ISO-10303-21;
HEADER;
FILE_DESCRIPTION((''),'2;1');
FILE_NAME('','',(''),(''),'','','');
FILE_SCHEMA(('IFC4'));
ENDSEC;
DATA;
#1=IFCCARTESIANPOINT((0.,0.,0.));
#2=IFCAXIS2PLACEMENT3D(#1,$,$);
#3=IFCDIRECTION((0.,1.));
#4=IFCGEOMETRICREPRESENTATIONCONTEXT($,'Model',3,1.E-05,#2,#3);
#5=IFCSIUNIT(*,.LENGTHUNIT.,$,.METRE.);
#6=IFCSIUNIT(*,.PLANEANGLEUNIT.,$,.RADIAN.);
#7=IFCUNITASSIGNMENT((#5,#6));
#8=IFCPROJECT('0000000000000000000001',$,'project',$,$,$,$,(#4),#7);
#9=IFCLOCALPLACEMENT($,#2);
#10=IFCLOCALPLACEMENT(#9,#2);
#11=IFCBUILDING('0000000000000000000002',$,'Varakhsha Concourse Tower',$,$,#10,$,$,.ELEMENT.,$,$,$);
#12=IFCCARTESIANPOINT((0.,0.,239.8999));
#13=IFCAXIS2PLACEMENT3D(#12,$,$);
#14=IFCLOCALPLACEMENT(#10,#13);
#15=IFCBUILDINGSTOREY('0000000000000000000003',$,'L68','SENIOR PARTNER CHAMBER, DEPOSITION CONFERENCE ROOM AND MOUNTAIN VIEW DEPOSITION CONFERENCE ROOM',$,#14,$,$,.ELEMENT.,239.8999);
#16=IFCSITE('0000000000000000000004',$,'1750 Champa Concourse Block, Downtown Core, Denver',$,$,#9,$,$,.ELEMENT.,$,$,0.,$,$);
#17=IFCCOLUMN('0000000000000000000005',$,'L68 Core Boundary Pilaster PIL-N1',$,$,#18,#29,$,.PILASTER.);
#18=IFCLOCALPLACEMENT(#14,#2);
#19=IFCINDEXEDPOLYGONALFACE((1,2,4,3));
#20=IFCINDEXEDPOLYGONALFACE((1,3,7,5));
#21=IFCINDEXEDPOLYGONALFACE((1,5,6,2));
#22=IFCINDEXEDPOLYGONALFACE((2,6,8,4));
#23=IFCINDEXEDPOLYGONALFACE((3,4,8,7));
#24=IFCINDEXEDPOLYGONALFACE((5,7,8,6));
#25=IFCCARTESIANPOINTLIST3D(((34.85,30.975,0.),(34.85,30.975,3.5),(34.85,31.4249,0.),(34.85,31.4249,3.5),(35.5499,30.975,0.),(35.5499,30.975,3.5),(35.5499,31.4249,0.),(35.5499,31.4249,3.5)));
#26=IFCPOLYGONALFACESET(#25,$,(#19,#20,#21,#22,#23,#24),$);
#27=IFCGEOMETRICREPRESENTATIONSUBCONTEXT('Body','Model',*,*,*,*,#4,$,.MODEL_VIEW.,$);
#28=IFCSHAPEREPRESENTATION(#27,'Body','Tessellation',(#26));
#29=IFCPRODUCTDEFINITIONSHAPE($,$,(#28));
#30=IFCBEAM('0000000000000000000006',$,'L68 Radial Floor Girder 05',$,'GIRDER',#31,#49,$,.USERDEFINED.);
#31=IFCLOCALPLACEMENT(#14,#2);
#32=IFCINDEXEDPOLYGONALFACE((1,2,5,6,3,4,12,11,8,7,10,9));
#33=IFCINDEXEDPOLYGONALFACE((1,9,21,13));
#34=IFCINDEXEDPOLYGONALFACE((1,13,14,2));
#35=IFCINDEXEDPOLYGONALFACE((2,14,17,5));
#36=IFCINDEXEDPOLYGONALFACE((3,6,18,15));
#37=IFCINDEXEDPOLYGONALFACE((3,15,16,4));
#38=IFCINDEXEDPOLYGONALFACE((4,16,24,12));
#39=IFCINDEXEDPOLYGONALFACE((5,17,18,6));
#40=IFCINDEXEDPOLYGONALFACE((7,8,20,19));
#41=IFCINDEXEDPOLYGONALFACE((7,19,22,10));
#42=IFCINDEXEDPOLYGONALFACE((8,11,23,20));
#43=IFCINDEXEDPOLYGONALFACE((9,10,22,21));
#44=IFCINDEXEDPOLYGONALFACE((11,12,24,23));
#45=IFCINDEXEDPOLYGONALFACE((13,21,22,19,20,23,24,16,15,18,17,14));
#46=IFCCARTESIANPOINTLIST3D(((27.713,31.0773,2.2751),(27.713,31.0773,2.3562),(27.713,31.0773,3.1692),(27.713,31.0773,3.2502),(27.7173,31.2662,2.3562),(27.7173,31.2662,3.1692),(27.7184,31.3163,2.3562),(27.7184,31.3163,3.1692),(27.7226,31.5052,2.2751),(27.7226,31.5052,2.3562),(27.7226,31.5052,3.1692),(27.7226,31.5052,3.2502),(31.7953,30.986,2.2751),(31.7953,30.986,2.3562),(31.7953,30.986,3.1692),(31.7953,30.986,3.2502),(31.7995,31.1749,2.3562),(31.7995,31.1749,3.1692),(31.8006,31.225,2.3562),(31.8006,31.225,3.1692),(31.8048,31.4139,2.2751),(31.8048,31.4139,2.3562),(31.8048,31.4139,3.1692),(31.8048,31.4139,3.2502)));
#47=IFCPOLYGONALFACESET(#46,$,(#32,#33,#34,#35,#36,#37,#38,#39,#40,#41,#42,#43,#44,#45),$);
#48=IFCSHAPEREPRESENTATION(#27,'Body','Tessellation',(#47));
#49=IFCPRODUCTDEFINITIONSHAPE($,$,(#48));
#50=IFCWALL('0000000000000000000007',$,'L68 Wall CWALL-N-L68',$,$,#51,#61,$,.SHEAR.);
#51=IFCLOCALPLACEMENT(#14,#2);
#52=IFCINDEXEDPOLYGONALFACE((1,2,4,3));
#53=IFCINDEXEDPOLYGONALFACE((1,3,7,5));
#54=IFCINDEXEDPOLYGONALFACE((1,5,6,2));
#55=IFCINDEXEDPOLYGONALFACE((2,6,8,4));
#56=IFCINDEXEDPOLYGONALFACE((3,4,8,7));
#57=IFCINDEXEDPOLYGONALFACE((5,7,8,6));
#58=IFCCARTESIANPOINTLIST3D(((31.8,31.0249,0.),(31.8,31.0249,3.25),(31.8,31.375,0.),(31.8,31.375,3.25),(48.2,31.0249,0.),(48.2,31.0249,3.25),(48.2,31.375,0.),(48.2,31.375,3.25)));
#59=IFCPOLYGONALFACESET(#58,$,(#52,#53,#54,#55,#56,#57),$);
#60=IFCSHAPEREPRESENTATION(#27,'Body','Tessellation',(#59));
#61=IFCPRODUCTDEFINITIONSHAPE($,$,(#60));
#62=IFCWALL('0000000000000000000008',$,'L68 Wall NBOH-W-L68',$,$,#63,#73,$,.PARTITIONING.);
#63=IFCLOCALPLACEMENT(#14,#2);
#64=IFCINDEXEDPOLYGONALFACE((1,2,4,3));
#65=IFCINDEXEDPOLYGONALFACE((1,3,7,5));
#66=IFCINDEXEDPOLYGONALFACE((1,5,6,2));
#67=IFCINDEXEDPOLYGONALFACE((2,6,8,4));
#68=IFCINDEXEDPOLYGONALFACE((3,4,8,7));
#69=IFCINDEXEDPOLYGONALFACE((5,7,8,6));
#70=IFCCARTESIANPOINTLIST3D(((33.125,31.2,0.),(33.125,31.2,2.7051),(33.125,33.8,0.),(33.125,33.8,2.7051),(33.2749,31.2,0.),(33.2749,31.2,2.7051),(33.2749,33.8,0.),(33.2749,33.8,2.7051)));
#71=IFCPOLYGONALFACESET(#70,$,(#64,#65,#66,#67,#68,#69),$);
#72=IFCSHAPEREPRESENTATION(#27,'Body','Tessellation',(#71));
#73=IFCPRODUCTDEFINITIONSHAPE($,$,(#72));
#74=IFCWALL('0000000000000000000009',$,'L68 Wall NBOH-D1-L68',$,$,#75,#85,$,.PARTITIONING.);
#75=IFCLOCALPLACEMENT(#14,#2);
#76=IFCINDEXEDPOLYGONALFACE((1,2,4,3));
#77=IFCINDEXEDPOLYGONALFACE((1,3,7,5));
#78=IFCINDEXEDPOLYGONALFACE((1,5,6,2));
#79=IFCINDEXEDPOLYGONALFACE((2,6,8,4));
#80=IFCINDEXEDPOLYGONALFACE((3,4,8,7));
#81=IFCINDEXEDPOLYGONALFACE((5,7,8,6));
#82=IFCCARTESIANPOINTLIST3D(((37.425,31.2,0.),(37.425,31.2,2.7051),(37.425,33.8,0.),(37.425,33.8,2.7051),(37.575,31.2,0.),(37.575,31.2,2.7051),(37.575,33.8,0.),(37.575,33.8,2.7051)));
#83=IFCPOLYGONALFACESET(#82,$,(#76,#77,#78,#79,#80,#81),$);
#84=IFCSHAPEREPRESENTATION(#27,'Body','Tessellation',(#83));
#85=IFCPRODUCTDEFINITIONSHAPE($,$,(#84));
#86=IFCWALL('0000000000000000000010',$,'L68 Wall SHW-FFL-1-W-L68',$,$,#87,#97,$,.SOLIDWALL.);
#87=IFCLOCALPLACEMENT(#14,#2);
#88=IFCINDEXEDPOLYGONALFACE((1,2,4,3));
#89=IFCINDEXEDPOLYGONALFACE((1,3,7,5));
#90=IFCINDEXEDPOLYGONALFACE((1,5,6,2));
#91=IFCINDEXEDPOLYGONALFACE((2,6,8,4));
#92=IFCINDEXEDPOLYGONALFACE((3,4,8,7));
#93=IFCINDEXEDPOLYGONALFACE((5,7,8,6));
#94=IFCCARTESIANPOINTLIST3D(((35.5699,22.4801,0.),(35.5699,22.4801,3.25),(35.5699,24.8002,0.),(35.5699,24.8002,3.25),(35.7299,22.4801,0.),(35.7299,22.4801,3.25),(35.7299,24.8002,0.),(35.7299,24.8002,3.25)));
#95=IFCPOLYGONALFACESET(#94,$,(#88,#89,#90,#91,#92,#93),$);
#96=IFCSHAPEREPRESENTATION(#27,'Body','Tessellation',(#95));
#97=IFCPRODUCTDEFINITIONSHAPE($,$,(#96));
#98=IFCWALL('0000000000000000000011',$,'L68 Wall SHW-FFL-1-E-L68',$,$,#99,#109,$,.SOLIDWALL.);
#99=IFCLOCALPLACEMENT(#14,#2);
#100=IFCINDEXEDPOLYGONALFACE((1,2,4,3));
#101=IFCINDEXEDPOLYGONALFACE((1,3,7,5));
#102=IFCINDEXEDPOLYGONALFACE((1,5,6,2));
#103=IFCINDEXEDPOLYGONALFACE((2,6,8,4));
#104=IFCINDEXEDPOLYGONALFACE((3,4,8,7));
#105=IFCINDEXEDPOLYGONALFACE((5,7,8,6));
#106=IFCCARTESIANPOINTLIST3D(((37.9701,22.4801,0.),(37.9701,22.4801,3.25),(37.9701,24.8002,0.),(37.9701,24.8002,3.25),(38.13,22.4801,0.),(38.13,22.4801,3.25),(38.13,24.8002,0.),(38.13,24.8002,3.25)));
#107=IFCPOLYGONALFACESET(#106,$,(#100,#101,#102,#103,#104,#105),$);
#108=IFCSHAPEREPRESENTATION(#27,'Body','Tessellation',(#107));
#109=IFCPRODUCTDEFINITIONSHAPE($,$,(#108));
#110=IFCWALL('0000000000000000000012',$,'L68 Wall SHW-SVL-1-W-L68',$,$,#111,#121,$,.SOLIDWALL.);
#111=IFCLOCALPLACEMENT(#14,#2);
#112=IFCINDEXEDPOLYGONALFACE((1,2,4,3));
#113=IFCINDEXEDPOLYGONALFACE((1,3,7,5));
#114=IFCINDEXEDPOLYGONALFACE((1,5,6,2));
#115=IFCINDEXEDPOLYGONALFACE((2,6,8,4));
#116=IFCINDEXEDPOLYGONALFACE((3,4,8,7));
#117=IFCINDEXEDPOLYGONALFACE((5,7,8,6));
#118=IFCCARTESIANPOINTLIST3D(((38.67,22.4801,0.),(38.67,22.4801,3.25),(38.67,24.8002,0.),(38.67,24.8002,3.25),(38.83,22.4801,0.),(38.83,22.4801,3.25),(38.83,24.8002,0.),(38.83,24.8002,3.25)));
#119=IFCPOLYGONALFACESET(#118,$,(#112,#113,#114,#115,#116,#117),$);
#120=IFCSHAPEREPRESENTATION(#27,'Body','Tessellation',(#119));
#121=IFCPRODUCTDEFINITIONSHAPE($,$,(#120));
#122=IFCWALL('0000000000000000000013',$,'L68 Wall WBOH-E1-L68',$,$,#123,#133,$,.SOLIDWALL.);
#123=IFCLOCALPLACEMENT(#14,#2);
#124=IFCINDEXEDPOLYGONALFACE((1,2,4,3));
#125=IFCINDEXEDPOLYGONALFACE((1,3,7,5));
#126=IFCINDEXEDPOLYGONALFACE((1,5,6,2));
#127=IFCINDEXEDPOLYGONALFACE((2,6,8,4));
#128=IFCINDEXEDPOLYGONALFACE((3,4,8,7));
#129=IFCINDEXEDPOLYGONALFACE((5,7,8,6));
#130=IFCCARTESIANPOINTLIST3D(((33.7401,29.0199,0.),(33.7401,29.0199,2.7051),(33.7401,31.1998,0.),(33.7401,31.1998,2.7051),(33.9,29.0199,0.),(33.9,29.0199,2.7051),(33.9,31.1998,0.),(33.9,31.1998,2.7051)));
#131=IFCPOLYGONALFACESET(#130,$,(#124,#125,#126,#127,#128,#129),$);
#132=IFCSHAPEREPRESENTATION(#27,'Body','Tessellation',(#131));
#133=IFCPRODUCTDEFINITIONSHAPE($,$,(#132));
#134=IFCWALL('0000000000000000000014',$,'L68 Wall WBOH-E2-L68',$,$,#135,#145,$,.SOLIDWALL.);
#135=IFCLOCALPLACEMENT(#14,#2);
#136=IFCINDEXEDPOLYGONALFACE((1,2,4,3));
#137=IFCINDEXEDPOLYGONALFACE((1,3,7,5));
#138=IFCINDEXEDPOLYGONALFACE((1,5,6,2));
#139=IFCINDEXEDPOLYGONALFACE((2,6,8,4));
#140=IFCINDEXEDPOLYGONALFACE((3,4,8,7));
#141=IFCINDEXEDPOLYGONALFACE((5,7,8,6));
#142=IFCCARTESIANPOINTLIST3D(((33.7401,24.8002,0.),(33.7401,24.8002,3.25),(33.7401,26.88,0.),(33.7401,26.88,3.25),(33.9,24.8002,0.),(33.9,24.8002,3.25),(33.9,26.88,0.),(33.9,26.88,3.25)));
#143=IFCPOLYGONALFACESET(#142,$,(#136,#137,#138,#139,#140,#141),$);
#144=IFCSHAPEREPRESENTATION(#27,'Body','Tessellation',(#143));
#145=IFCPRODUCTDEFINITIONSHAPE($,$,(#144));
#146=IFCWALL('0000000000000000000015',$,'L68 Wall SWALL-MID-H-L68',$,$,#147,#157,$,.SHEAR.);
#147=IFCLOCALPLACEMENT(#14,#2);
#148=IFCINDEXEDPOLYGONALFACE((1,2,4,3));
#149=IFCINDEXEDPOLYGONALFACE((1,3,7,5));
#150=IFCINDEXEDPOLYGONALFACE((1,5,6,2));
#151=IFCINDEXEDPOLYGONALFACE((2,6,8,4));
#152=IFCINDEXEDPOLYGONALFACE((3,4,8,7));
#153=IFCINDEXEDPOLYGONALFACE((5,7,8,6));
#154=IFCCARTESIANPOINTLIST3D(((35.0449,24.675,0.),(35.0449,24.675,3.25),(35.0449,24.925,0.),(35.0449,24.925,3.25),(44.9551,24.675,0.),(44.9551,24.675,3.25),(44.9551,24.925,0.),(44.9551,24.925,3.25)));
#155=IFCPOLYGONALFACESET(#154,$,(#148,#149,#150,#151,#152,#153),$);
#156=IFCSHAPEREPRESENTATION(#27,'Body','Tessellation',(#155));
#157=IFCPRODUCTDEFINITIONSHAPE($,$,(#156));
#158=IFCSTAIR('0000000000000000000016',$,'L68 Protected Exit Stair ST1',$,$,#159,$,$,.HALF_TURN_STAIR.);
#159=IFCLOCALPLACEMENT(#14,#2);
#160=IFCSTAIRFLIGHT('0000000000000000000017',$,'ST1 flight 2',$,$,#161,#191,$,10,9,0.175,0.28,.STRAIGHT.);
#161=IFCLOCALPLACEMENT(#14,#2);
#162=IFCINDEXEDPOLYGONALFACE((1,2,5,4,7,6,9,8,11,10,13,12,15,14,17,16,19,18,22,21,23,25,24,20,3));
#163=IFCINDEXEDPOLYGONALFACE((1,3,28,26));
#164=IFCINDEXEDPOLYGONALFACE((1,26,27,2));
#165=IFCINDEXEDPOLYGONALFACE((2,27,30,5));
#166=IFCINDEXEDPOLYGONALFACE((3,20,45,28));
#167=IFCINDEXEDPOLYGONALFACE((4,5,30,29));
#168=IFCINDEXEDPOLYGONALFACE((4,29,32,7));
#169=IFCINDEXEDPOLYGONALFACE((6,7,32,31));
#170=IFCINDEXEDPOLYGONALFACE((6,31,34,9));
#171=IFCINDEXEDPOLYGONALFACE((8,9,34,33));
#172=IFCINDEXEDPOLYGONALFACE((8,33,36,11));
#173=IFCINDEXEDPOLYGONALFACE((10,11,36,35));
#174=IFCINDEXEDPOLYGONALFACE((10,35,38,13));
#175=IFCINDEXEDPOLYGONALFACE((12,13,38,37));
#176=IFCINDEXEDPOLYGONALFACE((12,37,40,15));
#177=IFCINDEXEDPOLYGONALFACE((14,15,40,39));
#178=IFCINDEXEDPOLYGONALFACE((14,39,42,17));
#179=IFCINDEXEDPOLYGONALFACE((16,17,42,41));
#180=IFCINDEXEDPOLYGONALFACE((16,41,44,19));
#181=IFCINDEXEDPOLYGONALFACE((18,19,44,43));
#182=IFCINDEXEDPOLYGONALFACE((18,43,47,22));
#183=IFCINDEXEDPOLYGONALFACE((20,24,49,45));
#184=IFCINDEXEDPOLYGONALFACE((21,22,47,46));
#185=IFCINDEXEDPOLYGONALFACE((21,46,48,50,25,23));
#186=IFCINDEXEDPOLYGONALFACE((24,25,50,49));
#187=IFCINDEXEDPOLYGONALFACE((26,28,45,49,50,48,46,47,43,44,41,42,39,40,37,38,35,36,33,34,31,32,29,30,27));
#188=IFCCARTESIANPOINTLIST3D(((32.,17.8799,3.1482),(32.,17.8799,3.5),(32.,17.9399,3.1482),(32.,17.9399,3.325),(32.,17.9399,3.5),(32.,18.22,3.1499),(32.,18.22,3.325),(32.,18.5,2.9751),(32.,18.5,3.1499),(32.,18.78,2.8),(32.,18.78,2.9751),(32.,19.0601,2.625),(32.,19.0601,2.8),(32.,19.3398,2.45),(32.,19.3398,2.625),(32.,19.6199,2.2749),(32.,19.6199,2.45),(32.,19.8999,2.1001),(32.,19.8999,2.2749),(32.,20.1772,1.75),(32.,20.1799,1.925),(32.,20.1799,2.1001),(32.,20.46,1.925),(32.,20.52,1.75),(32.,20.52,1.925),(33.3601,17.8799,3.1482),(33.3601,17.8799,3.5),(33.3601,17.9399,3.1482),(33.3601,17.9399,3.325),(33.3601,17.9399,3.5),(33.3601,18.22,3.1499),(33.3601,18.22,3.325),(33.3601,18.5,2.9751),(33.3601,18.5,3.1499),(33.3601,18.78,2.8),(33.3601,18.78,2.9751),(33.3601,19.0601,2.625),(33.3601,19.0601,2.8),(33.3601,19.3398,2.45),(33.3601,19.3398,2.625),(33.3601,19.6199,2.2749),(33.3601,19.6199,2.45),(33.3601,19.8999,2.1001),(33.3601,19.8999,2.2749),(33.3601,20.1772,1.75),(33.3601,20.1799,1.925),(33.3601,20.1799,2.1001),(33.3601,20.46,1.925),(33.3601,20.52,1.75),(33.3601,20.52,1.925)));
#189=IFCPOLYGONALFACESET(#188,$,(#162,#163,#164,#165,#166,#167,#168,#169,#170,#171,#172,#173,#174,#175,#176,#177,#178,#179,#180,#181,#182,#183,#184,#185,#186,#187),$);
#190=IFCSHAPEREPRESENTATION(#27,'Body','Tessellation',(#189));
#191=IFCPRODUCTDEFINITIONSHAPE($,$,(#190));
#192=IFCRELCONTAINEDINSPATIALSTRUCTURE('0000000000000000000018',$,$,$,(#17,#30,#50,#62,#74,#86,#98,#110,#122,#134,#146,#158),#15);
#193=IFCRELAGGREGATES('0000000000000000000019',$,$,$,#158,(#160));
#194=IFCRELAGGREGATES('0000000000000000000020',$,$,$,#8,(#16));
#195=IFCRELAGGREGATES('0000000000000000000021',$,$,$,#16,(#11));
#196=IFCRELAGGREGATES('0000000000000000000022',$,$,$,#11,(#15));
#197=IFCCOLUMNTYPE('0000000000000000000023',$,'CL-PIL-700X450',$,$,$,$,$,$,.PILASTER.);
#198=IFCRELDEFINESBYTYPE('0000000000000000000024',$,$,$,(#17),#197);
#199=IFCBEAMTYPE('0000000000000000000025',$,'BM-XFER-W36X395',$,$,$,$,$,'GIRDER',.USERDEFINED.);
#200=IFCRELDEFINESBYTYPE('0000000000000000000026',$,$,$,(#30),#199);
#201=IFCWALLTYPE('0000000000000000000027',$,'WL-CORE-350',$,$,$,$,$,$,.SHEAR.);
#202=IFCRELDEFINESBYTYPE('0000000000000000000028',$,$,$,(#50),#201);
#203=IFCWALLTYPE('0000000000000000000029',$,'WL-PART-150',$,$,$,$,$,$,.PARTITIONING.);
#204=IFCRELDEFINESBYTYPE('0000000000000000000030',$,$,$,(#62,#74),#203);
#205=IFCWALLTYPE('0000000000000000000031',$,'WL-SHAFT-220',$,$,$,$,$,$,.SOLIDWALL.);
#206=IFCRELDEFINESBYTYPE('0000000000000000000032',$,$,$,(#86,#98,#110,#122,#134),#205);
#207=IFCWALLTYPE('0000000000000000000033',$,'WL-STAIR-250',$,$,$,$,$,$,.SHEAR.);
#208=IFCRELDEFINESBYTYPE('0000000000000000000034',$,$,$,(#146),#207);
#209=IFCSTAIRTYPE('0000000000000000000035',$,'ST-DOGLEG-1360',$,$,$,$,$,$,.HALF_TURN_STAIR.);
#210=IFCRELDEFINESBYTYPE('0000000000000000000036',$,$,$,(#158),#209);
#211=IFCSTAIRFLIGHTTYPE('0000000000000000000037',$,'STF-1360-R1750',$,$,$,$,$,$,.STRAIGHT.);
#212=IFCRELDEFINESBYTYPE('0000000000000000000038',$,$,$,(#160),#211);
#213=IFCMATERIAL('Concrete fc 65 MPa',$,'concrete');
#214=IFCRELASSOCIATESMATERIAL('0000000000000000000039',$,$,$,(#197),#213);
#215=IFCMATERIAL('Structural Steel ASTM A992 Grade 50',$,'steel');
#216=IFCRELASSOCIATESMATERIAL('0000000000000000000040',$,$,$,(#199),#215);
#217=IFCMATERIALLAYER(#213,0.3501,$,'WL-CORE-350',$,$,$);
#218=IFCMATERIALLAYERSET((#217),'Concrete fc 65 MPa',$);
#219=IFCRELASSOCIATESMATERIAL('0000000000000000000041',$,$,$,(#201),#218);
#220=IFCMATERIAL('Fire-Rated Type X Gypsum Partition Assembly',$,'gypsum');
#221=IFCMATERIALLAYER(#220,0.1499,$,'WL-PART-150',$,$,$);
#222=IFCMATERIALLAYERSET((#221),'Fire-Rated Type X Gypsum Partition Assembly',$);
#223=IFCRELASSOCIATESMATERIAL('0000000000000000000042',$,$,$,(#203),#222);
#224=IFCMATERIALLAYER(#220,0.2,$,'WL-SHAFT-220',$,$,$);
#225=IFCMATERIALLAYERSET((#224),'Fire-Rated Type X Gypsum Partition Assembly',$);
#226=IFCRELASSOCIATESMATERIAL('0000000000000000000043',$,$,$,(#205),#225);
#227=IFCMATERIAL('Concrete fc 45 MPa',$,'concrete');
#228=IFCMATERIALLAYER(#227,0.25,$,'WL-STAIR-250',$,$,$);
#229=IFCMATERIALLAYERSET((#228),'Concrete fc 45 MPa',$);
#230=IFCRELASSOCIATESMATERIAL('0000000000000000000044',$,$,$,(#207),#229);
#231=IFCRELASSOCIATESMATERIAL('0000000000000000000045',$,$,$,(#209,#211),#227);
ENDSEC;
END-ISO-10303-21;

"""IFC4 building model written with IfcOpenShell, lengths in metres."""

from ifc_helpers import new_model, si_unit, direction, frame, frame_2d, origin, origin_2d, place, context, subcontext, project, spatial, polyline, rectangle, i_section, outline, extrude, material, layer, layer_set, material_profile, profile_set, type_object, element, aggregate, save


model = new_model("IFC4")

# Units and contexts
model_context = context("Model", 3, precision=1e-05, world=origin(), true_north=direction((0.0, 1.0)))
body_context = subcontext(model_context, "Body", "Model", "MODEL_VIEW")
ifc_project = project(units=[si_unit("LENGTHUNIT", "METRE"), si_unit("PLANEANGLEUNIT", "RADIAN")], contexts=[model_context])

# Site, building, storey
site_placement = place(None, origin())
site = spatial("IfcSite", under=ifc_project, at=site_placement, Name="1750 Champa Concourse Block, Downtown Core, Denver", CompositionType="ELEMENT", RefElevation=0.0)
building_placement = place(site_placement, origin())
building = spatial("IfcBuilding", under=site, at=building_placement, Name="Varakhsha Concourse Tower", CompositionType="ELEMENT")
storey_placement = place(building_placement, frame((0.0, 0.0, 239.8999)))
storey = spatial("IfcBuildingStorey", under=building, at=storey_placement, Name="L68", Description="SENIOR PARTNER CHAMBER, DEPOSITION CONFERENCE ROOM AND MOUNTAIN VIEW DEPOSITION CONFERENCE ROOM", CompositionType="ELEMENT", Elevation=239.8999)

# Column
ifc_material_1 = material(Name="Concrete fc 65 MPa", Category="concrete")
ifc_material_profile_1 = material_profile(ifc_material_1, rectangle(XDim=0.7, YDim=0.45, at=origin_2d()), Name="RC 700x450")
ifc_profile_set_1 = profile_set([ifc_material_profile_1], Name="Concrete fc 65 MPa")
column_type = type_object("IfcColumnType", Name="CL-PIL-700X450", PredefinedType="PILASTER", material=ifc_profile_set_1)
column_placement = place(storey_placement, frame((35.2, 31.2, 0.0), z_axis=(0.0, 0.0, 1.0), x_axis=(1.0, 0.0, 0.0)))
element("IfcColumn", 1, at=column_placement, inside=storey, type_object=column_type, Name="L68 Core Boundary Pilaster PIL-N1", PredefinedType="PILASTER", context=body_context, shape_type="SweptSolid", body=[
    extrude(rectangle(XDim=0.7, YDim=0.45, at=origin_2d()), origin(), (0.0, 0.0, 1.0), 3.5),
])

# Beam
ifc_material_2 = material(Name="Structural Steel ASTM A992 Grade 50", Category="steel")
ifc_material_profile_2 = material_profile(ifc_material_2, i_section(OverallWidth=0.428, OverallDepth=0.9751, WebThickness=0.05, FlangeThickness=0.0811, at=origin_2d()), Name="W36X395")
ifc_profile_set_2 = profile_set([ifc_material_profile_2], Name="Structural Steel ASTM A992 Grade 50")
beam_type = type_object("IfcBeamType", Name="BM-XFER-W36X395", ElementType="GIRDER", PredefinedType="USERDEFINED", material=ifc_profile_set_2)
beam_placement = place(storey_placement, frame((31.8, 31.2, 2.7627), z_axis=(-0.99975, 0.022361, 0.0), x_axis=(-0.022361, -0.99975, 0.0)))
element("IfcBeam", 2, at=beam_placement, inside=storey, type_object=beam_type, Name="L68 Radial Floor Girder 05", ObjectType="GIRDER", PredefinedType="USERDEFINED", context=body_context, shape_type="SweptSolid", body=[
    extrude(i_section(OverallWidth=0.428, OverallDepth=0.9751, WebThickness=0.05, FlangeThickness=0.0811, at=origin_2d()), origin(), (0.0, 0.0, 1.0), 4.0833),
])

# Walls
ifc_layer_1 = layer(ifc_material_1, 0.3501, Name="WL-CORE-350")
ifc_layer_set_1 = layer_set([ifc_layer_1], Name="Concrete fc 65 MPa")
wall_type_1 = type_object("IfcWallType", Name="WL-CORE-350", PredefinedType="SHEAR", material=ifc_layer_set_1)
wall_1_placement = place(storey_placement, frame((31.8, 31.2, 0.0), z_axis=(0.0, 0.0, 1.0), x_axis=(1.0, 0.0, 0.0)))
element("IfcWall", 3, at=wall_1_placement, inside=storey, type_object=wall_type_1, Name="L68 Wall CWALL-N-L68", PredefinedType="SHEAR", context=body_context, shape_type="SweptSolid", body=[
    extrude(rectangle(XDim=16.3999, YDim=0.3501, at=frame_2d((8.2, 0.0))), origin(), (0.0, 0.0, 1.0), 3.25),
])
ifc_material_3 = material(Name="Fire-Rated Type X Gypsum Partition Assembly", Category="gypsum")
ifc_layer_2 = layer(ifc_material_3, 0.1499, Name="WL-PART-150")
ifc_layer_set_2 = layer_set([ifc_layer_2], Name="Fire-Rated Type X Gypsum Partition Assembly")
wall_type_2 = type_object("IfcWallType", Name="WL-PART-150", PredefinedType="PARTITIONING", material=ifc_layer_set_2)
for number, where, z_axis, x_axis, name in (
    (4, (33.2, 31.2, 0.0), (0.0, 0.0, 1.0), (0.0, 1.0, 0.0), "L68 Wall NBOH-W-L68"),
    (5, (37.5, 31.2, 0.0), (0.0, 0.0, 1.0), (0.0, 1.0, 0.0), "L68 Wall NBOH-D1-L68"),
):
    element("IfcWall", number, at=place(storey_placement, frame(where, z_axis=z_axis, x_axis=x_axis)), inside=storey, type_object=wall_type_2, Name=name, PredefinedType="PARTITIONING", context=body_context, shape_type="SweptSolid", body=[
        extrude(rectangle(XDim=2.6001, YDim=0.1499, at=frame_2d((1.3, 0.0))), origin(), (0.0, 0.0, 1.0), 2.7051),
    ])

# Shared definitions
ifc_layer_3 = layer(ifc_material_3, 0.2, Name="WL-SHAFT-220")
ifc_layer_set_3 = layer_set([ifc_layer_3], Name="Fire-Rated Type X Gypsum Partition Assembly")
wall_type_3 = type_object("IfcWallType", Name="WL-SHAFT-220", PredefinedType="SOLIDWALL", material=ifc_layer_set_3)

# Walls
for number, where, z_axis, x_axis, name in (
    (6, (35.6499, 22.48, 0.0), (0.0, 0.0, 1.0), (0.0, 1.0, 0.0), "L68 Wall SHW-FFL-1-W-L68"),
    (7, (38.05, 22.48, 0.0), (0.0, 0.0, 1.0), (0.0, 1.0, 0.0), "L68 Wall SHW-FFL-1-E-L68"),
    (8, (38.75, 22.48, 0.0), (0.0, 0.0, 1.0), (0.0, 1.0, 0.0), "L68 Wall SHW-SVL-1-W-L68"),
):
    element("IfcWall", number, at=place(storey_placement, frame(where, z_axis=z_axis, x_axis=x_axis)), inside=storey, type_object=wall_type_3, Name=name, PredefinedType="SOLIDWALL", context=body_context, shape_type="SweptSolid", body=[
        extrude(rectangle(XDim=2.3201, YDim=0.1599, at=frame_2d((1.1602, 0.0))), origin(), (0.0, 0.0, 1.0), 3.25),
    ])

# Walls
wall_2_placement = place(storey_placement, frame((33.8201, 29.02, 0.0), z_axis=(0.0, 0.0, 1.0), x_axis=(0.0, 1.0, 0.0)))
element("IfcWall", 9, at=wall_2_placement, inside=storey, type_object=wall_type_3, Name="L68 Wall WBOH-E1-L68", PredefinedType="SOLIDWALL", context=body_context, shape_type="SweptSolid", body=[
    extrude(rectangle(XDim=2.1799, YDim=0.1599, at=frame_2d((1.0898, 0.0))), origin(), (0.0, 0.0, 1.0), 2.7051),
])
wall_3_placement = place(storey_placement, frame((33.8201, 24.8, 0.0), z_axis=(0.0, 0.0, 1.0), x_axis=(0.0, 1.0, 0.0)))
element("IfcWall", 10, at=wall_3_placement, inside=storey, type_object=wall_type_3, Name="L68 Wall WBOH-E2-L68", PredefinedType="SOLIDWALL", context=body_context, shape_type="SweptSolid", body=[
    extrude(rectangle(XDim=2.0798, YDim=0.1599, at=frame_2d((1.04, 0.0))), origin(), (0.0, 0.0, 1.0), 3.25),
])
ifc_material_4 = material(Name="Concrete fc 45 MPa", Category="concrete")
ifc_layer_4 = layer(ifc_material_4, 0.25, Name="WL-STAIR-250")
ifc_layer_set_4 = layer_set([ifc_layer_4], Name="Concrete fc 45 MPa")
wall_type_4 = type_object("IfcWallType", Name="WL-STAIR-250", PredefinedType="SHEAR", material=ifc_layer_set_4)
wall_4_placement = place(storey_placement, frame((35.0449, 24.8, 0.0), z_axis=(0.0, 0.0, 1.0), x_axis=(1.0, 0.0, 0.0)))
element("IfcWall", 11, at=wall_4_placement, inside=storey, type_object=wall_type_4, Name="L68 Wall SWALL-MID-H-L68", PredefinedType="SHEAR", context=body_context, shape_type="SweptSolid", body=[
    extrude(rectangle(XDim=9.9102, YDim=0.25, at=frame_2d((4.9551, 0.0))), origin(), (0.0, 0.0, 1.0), 3.25),
])

# Stair, stair flight
stair_type = type_object("IfcStairType", Name="ST-DOGLEG-1360", PredefinedType="HALF_TURN_STAIR", material=ifc_material_4)
stair_placement = place(storey_placement, origin())
stair = element("IfcStair", 12, at=stair_placement, inside=storey, type_object=stair_type, Name="L68 Protected Exit Stair ST1", PredefinedType="HALF_TURN_STAIR")
stair_flight_type = type_object("IfcStairFlightType", Name="STF-1360-R1750", PredefinedType="STRAIGHT", material=ifc_material_4)
stair_flight_placement = place(storey_placement, frame((32.6799, 20.46, 1.75), z_axis=(0.0, 0.0, 1.0), x_axis=(0.0, -1.0, 0.0)))
stair_flight = element("IfcStairFlight", 13, at=stair_flight_placement, type_object=stair_flight_type, Name="ST1 flight 2", NumberOfRisers=10, NumberOfTreads=9, PredefinedType="STRAIGHT", RiserHeight=0.175, TreadLength=0.28, context=body_context, shape_type="SweptSolid", body=[
    extrude(outline(polyline([(-0.0601, 0.0), (-0.0601, 0.175), (0.0, 0.175), (0.28, 0.175), (0.28, 0.3501), (0.5601, 0.3501), (0.5601, 0.5249), (0.8401, 0.5249), (0.8401, 0.7), (1.1201, 0.7), (1.1201, 0.875), (1.3999, 0.875), (1.3999, 1.05), (1.6799, 1.05), (1.6799, 1.2251), (1.96, 1.2251), (1.96, 1.3999), (2.24, 1.3999), (2.24, 1.575), (2.52, 1.575), (2.52, 1.75), (2.5801, 1.75), (2.5801, 1.3982), (2.52, 1.3982), (0.2827, 0.0), (-0.0601, 0.0)])), frame((0.0, 0.6802, 0.0), z_axis=(0.0, -1.0, 0.0), x_axis=(1.0, 0.0, 0.0)), (0.0, 0.0, 1.0), 1.3601),
])
aggregate(stair, [stair_flight])

save(model, "model.ifc")
